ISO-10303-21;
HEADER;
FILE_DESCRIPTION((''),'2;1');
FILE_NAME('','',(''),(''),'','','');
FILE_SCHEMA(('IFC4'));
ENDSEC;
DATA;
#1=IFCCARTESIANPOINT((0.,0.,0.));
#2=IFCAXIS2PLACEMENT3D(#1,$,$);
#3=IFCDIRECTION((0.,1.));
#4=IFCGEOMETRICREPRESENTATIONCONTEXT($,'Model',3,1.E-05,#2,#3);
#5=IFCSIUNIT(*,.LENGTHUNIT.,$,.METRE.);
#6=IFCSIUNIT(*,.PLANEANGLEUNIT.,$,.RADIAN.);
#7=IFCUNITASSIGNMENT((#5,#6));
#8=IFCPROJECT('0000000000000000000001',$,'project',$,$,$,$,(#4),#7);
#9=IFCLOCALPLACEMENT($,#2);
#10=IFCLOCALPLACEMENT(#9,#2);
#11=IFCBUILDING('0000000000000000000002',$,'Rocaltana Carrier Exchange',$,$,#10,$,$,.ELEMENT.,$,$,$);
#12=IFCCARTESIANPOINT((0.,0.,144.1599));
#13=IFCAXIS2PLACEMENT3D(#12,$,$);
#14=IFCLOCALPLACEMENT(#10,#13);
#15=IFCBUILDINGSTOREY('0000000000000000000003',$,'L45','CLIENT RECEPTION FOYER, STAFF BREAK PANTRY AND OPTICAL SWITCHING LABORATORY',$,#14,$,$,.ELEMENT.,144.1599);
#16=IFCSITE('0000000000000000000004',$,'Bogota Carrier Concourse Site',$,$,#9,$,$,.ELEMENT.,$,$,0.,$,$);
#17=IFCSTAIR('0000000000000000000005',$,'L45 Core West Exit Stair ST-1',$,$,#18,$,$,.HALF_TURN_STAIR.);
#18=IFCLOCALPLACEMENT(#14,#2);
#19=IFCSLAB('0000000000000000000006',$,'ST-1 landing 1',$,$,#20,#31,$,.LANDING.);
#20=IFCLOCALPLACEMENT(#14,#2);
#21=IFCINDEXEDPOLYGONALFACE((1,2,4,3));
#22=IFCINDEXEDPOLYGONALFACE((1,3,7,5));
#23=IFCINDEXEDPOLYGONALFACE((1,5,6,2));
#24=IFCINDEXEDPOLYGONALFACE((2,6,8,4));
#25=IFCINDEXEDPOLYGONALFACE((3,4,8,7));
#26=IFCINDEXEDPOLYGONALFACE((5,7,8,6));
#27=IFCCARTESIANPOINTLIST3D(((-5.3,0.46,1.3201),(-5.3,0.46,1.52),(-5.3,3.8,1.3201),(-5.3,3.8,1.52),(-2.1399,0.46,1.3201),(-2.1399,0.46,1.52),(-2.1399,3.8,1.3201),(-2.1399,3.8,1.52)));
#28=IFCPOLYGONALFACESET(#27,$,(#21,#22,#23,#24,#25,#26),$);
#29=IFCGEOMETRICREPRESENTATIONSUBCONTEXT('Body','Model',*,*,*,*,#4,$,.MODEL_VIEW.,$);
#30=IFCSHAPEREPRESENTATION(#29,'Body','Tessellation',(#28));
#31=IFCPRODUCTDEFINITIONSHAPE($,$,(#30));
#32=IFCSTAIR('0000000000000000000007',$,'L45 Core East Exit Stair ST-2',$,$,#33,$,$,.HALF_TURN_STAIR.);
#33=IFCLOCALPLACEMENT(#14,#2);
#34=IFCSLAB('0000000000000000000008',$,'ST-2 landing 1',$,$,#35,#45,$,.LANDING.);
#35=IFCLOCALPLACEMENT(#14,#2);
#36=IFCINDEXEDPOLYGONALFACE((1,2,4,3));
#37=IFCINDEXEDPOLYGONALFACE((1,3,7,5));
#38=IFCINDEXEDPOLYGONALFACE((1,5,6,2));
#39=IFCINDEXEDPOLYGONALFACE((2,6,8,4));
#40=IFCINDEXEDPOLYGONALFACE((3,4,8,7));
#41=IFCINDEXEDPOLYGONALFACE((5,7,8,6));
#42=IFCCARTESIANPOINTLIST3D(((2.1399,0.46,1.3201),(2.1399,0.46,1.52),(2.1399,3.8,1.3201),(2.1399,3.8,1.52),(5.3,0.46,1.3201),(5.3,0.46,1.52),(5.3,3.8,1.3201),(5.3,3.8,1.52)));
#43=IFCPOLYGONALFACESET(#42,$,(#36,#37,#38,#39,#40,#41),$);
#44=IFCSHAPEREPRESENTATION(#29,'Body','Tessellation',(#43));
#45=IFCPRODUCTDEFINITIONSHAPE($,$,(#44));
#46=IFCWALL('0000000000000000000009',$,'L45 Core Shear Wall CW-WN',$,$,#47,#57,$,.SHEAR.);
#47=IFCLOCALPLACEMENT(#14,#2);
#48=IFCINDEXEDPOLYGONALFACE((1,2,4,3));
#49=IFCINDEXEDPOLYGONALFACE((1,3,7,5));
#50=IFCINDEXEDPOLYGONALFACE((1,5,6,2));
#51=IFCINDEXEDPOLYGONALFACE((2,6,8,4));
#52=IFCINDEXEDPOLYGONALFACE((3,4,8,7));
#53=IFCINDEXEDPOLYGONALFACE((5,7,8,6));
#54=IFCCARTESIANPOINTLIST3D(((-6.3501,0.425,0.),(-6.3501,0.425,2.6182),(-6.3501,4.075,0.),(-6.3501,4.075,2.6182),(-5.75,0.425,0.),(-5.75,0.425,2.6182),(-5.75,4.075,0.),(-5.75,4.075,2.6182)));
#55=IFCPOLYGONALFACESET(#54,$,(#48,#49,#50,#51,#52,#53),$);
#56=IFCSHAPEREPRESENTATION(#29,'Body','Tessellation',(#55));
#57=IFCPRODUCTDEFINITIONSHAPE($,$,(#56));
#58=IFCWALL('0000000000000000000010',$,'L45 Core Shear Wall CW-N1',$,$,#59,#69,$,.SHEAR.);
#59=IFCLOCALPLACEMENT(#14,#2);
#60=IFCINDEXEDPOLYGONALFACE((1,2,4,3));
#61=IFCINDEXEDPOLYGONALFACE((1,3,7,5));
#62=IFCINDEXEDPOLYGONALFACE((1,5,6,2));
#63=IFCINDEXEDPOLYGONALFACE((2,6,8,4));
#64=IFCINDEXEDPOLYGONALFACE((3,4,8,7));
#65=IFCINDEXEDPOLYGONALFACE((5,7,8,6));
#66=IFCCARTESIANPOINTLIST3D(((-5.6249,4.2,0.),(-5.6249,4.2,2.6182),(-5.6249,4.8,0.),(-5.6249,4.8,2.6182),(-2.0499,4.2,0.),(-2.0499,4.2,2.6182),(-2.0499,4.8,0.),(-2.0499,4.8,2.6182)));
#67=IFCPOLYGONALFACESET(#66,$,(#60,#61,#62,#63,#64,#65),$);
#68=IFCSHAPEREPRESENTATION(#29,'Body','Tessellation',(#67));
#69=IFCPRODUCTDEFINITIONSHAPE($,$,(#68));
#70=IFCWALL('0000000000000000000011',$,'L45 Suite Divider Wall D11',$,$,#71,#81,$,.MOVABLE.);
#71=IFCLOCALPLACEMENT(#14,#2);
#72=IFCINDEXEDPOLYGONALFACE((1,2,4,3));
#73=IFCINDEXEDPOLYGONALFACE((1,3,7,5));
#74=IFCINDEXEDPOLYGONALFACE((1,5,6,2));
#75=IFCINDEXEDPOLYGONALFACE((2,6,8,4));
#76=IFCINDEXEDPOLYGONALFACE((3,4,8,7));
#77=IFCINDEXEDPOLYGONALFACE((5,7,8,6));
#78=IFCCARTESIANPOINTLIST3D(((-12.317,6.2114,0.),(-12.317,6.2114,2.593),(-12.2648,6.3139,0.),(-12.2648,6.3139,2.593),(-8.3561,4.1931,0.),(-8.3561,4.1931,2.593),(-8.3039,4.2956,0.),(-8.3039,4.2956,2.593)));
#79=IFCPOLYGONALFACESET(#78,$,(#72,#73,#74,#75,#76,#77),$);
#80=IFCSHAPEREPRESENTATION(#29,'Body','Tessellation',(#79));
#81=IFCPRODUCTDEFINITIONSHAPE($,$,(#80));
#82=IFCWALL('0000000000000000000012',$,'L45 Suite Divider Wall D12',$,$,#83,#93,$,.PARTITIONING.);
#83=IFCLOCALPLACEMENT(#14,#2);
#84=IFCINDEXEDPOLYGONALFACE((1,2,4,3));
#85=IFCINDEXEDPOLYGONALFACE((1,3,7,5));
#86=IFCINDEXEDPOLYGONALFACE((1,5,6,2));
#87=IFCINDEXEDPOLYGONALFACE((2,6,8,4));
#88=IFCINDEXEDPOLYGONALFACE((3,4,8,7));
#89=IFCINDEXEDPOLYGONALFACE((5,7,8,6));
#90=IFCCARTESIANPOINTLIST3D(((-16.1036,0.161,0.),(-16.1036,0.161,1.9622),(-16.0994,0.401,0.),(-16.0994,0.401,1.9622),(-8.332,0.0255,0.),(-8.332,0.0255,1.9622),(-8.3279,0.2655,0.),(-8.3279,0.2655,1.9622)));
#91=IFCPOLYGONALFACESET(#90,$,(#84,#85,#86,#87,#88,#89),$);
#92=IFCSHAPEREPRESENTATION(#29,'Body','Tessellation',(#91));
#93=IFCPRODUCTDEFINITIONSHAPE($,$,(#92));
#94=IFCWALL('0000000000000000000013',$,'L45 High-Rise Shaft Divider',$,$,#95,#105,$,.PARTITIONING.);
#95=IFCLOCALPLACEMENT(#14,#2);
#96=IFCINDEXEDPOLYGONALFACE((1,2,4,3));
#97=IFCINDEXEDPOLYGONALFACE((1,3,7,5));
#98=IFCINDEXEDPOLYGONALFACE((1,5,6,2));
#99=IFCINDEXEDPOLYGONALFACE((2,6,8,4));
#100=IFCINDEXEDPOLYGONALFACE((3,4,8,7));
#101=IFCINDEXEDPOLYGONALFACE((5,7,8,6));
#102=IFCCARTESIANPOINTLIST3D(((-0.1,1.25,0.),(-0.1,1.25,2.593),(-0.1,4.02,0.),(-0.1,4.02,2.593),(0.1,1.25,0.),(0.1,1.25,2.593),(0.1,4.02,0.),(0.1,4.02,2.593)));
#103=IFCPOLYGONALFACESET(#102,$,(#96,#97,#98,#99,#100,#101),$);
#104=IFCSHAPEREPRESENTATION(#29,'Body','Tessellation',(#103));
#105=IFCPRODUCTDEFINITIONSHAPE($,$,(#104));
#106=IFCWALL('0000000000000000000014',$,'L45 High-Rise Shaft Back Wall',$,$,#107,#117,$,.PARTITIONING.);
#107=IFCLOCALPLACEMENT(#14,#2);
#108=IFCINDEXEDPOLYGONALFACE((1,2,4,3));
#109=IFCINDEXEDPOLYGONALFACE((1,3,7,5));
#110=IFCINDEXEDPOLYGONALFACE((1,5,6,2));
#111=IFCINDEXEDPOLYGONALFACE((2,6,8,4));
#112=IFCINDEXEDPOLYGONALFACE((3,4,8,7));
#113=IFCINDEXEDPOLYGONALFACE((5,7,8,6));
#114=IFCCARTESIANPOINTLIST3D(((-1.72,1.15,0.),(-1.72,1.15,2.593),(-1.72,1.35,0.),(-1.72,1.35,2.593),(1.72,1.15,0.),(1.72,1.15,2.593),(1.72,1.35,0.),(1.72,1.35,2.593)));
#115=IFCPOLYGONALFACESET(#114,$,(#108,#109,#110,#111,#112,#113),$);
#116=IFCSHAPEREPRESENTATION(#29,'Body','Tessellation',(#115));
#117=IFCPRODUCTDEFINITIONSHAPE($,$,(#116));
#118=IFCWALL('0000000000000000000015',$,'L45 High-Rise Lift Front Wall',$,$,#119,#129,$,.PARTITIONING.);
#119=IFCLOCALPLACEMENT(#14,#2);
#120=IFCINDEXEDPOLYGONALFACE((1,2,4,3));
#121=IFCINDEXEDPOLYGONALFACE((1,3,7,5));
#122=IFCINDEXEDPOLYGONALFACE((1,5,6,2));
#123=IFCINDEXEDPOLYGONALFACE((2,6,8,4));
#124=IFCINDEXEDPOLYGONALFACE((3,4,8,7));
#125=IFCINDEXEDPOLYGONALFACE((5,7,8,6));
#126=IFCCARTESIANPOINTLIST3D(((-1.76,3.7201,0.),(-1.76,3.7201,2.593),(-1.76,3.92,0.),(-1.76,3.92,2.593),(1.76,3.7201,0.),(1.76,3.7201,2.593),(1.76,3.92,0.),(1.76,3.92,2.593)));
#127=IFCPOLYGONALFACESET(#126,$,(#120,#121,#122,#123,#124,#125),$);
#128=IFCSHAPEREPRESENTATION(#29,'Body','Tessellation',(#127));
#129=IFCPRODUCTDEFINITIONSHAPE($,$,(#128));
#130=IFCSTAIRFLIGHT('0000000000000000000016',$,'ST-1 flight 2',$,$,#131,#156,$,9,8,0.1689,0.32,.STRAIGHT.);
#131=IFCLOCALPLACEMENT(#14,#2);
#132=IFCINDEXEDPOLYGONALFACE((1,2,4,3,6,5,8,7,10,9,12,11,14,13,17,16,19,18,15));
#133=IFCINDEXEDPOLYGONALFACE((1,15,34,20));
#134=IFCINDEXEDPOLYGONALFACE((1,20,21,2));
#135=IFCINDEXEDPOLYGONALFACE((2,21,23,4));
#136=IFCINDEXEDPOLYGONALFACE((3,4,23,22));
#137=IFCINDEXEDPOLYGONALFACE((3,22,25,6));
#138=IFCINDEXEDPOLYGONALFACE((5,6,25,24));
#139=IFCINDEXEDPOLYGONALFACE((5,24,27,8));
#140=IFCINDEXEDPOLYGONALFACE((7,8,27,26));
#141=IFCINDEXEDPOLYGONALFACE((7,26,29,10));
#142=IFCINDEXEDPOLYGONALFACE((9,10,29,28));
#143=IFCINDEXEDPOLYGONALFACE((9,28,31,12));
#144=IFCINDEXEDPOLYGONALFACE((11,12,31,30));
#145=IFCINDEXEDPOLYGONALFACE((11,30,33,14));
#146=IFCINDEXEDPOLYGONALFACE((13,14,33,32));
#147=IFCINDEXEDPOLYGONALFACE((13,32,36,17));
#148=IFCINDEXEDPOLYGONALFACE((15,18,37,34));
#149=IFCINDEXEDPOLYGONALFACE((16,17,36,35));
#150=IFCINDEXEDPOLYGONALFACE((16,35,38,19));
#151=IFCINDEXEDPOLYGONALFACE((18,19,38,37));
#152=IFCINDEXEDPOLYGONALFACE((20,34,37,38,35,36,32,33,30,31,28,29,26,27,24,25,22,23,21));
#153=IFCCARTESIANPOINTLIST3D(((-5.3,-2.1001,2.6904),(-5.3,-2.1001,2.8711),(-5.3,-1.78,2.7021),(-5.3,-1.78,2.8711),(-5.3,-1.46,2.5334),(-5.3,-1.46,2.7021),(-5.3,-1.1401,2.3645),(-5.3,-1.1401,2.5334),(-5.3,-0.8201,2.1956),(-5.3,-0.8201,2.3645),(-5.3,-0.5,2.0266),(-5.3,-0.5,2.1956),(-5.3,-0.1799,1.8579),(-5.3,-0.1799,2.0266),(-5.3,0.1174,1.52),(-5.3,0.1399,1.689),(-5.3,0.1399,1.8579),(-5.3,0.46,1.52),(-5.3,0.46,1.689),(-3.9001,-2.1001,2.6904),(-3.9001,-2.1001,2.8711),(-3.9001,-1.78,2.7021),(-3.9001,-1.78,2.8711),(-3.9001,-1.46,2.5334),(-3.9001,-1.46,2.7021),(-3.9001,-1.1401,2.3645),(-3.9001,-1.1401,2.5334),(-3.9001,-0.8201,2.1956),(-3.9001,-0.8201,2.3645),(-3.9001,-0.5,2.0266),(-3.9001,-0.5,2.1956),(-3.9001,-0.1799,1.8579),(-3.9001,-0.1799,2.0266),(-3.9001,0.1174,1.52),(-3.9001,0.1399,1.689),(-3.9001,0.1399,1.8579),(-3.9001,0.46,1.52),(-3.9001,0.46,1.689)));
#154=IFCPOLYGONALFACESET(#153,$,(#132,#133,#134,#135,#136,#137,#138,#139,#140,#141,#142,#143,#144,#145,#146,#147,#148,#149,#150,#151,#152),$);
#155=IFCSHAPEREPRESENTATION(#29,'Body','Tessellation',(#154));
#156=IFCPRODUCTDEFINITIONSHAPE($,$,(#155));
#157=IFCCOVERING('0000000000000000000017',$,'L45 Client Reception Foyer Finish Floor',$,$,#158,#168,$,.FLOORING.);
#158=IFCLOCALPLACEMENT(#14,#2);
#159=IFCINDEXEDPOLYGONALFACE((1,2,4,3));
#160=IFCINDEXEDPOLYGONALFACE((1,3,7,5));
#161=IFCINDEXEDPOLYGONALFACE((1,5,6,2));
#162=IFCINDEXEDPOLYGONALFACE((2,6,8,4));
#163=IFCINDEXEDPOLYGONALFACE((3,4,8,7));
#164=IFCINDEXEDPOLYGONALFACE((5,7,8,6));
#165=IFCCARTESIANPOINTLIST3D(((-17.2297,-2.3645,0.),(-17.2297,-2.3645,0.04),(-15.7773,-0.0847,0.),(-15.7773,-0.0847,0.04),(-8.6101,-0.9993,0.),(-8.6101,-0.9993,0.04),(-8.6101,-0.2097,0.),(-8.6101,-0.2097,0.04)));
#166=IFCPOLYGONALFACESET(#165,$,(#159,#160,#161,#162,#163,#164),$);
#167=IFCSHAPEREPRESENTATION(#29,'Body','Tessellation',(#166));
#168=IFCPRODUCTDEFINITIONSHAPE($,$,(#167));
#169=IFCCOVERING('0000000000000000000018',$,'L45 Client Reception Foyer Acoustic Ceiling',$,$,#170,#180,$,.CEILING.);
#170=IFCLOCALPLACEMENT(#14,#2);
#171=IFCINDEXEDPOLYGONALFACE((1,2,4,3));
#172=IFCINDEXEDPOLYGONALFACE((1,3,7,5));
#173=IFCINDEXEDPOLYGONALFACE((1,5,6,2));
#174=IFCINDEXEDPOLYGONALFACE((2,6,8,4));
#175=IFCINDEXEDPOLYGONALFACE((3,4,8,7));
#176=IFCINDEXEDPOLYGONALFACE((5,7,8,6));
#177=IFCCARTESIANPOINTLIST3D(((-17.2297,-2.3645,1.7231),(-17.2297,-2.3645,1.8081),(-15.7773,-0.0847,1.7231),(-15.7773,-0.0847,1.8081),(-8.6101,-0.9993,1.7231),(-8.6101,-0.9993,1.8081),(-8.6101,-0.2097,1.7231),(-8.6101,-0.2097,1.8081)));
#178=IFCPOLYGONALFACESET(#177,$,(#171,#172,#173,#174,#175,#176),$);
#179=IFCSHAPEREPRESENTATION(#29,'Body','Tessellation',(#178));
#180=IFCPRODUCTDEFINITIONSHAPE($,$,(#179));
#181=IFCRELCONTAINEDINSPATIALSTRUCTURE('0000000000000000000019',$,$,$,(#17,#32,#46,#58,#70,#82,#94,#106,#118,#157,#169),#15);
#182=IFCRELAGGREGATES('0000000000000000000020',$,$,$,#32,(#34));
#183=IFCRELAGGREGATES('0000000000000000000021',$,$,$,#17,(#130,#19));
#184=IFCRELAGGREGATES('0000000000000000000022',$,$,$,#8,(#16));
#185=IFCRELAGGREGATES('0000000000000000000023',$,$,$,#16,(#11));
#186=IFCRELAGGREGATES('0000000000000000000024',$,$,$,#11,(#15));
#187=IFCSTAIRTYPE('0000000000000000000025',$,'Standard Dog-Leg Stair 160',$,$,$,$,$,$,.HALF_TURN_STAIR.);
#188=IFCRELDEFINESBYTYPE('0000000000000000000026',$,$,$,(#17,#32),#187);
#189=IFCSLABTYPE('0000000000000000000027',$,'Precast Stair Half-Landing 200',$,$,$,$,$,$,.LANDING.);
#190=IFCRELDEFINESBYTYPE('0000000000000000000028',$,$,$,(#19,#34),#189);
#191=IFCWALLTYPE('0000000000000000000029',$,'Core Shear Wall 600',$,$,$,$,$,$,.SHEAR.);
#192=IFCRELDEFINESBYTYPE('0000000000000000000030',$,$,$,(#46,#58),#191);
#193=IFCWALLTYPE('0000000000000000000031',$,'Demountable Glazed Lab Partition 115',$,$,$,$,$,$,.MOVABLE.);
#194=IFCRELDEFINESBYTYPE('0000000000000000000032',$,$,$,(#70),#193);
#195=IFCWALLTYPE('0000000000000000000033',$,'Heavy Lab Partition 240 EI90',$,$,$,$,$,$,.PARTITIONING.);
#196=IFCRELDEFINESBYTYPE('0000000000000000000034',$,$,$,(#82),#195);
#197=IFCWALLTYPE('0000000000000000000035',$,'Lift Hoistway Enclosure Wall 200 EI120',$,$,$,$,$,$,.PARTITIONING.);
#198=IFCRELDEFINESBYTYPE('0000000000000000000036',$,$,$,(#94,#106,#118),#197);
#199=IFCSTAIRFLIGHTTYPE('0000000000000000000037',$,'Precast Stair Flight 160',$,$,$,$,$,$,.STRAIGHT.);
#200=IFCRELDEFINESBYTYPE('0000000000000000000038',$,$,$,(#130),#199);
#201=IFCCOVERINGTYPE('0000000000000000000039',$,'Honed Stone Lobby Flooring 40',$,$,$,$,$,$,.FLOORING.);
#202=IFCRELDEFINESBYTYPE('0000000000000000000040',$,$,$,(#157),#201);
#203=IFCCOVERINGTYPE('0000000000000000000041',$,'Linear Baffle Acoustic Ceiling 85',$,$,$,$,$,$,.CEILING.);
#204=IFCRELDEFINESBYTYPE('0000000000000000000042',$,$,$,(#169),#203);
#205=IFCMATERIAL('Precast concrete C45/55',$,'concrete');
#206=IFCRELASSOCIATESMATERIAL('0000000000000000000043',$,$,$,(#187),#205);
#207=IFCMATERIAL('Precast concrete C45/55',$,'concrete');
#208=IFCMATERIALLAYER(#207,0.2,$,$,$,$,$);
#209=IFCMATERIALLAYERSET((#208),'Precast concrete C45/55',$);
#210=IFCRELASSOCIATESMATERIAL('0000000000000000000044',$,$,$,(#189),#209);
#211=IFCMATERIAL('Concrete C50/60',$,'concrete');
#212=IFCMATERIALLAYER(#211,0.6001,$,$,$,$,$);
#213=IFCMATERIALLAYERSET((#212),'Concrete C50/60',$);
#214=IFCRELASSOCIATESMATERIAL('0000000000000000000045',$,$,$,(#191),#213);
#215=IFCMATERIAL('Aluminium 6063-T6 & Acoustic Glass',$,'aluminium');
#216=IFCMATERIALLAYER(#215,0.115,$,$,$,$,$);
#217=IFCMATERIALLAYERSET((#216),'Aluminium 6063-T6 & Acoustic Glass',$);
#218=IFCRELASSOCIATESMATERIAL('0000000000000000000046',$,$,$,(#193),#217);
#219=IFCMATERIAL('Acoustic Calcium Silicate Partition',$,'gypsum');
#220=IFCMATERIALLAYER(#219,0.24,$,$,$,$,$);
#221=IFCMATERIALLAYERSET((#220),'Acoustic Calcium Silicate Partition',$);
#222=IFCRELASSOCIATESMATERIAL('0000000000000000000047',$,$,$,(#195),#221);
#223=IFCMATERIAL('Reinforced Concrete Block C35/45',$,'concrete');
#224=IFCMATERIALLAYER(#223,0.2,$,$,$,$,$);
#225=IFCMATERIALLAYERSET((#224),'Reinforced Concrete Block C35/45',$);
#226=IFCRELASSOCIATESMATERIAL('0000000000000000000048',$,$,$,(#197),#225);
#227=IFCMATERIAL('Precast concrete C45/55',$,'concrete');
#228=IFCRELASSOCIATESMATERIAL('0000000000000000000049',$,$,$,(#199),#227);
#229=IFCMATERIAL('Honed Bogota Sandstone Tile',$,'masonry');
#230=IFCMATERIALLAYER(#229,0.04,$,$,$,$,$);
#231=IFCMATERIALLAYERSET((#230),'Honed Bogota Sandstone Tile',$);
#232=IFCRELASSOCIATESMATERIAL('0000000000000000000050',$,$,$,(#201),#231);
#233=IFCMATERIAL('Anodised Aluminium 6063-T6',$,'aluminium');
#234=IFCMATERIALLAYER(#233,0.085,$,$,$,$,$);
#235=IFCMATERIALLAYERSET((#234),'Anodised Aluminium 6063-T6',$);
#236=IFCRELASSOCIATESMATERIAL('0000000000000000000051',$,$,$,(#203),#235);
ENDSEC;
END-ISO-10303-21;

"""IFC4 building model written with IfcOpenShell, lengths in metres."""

from ifc_helpers import new_model, si_unit, direction, frame, frame_2d, origin, place, context, subcontext, project, spatial, polyline, rectangle, outline, extrude, material, layer, layer_set, type_object, element, aggregate, save


model = new_model("IFC4")

# Units and contexts
model_context = context("Model", 3, precision=1e-05, world=origin(), true_north=direction((0.0, 1.0)))
body_context = subcontext(model_context, "Body", "Model", "MODEL_VIEW")
ifc_project = project(units=[si_unit("LENGTHUNIT", "METRE"), si_unit("PLANEANGLEUNIT", "RADIAN")], contexts=[model_context])

# Site, building, storey
site_placement = place(None, origin())
site = spatial("IfcSite", under=ifc_project, at=site_placement, Name="Bogota Carrier Concourse Site", CompositionType="ELEMENT", RefElevation=0.0)
building_placement = place(site_placement, origin())
building = spatial("IfcBuilding", under=site, at=building_placement, Name="Rocaltana Carrier Exchange", CompositionType="ELEMENT")
storey_placement = place(building_placement, frame((0.0, 0.0, 144.1599)))
storey = spatial("IfcBuildingStorey", under=building, at=storey_placement, Name="L45", Description="CLIENT RECEPTION FOYER, STAFF BREAK PANTRY AND OPTICAL SWITCHING LABORATORY", CompositionType="ELEMENT", Elevation=144.1599)

# Stairs, slabs
ifc_material_1 = material(Name="Precast concrete C45/55", Category="concrete")
stair_type = type_object("IfcStairType", Name="Standard Dog-Leg Stair 160", PredefinedType="HALF_TURN_STAIR", material=ifc_material_1)
stair_1_placement = place(storey_placement, origin())
stair_1 = element("IfcStair", 1, at=stair_1_placement, inside=storey, type_object=stair_type, Name="L45 Core West Exit Stair ST-1", PredefinedType="HALF_TURN_STAIR")
ifc_material_2 = material(Name="Precast concrete C45/55", Category="concrete")
ifc_layer_1 = layer(ifc_material_2, 0.2)
ifc_layer_set_1 = layer_set([ifc_layer_1], Name="Precast concrete C45/55")
slab_type_1 = type_object("IfcSlabType", Name="Precast Stair Half-Landing 200", PredefinedType="LANDING", material=ifc_layer_set_1)
slab_1_placement = place(storey_placement, frame((0.0, 0.0, 1.3201)))
slab_1 = element("IfcSlab", 2, at=slab_1_placement, type_object=slab_type_1, Name="ST-1 landing 1", PredefinedType="LANDING", context=body_context, shape_type="SweptSolid", body=[
    extrude(outline(polyline([(-2.1399, 0.46), (-2.1399, 3.8), (-5.3, 3.8), (-5.3, 0.46), (-2.1399, 0.46)])), origin(), (0.0, 0.0, 1.0), 0.2),
])
stair_2_placement = place(storey_placement, origin())
stair_2 = element("IfcStair", 3, at=stair_2_placement, inside=storey, type_object=stair_type, Name="L45 Core East Exit Stair ST-2", PredefinedType="HALF_TURN_STAIR")
slab_2_placement = place(storey_placement, frame((0.0, 0.0, 1.3201)))
slab_2 = element("IfcSlab", 4, at=slab_2_placement, type_object=slab_type_1, Name="ST-2 landing 1", PredefinedType="LANDING", context=body_context, shape_type="SweptSolid", body=[
    extrude(outline(polyline([(5.3, 0.46), (5.3, 3.8), (2.1399, 3.8), (2.1399, 0.46), (5.3, 0.46)])), origin(), (0.0, 0.0, 1.0), 0.2),
])
aggregate(stair_2, [slab_2])

# Walls
ifc_material_3 = material(Name="Concrete C50/60", Category="concrete")
ifc_layer_2 = layer(ifc_material_3, 0.6001)
ifc_layer_set_2 = layer_set([ifc_layer_2], Name="Concrete C50/60")
wall_type_1 = type_object("IfcWallType", Name="Core Shear Wall 600", PredefinedType="SHEAR", material=ifc_layer_set_2)
wall_1_placement = place(storey_placement, frame((-6.05, 0.425, 0.0), z_axis=(0.0, 0.0, 1.0), x_axis=(0.0, 1.0, 0.0)))
element("IfcWall", 5, at=wall_1_placement, inside=storey, type_object=wall_type_1, Name="L45 Core Shear Wall CW-WN", PredefinedType="SHEAR", context=body_context, shape_type="SweptSolid", body=[
    extrude(rectangle(XDim=3.6499, YDim=0.6001, at=frame_2d((1.825, 0.0))), origin(), (0.0, 0.0, 1.0), 2.6182),
])
wall_2_placement = place(storey_placement, frame((-5.625, 4.5, 0.0), z_axis=(0.0, 0.0, 1.0), x_axis=(1.0, 0.0, 0.0)))
element("IfcWall", 6, at=wall_2_placement, inside=storey, type_object=wall_type_1, Name="L45 Core Shear Wall CW-N1", PredefinedType="SHEAR", context=body_context, shape_type="SweptSolid", body=[
    extrude(rectangle(XDim=3.575, YDim=0.6001, at=frame_2d((1.7876, 0.0))), origin(), (0.0, 0.0, 1.0), 2.6182),
])
ifc_material_4 = material(Name="Aluminium 6063-T6 & Acoustic Glass", Category="aluminium")
ifc_layer_3 = layer(ifc_material_4, 0.115)
ifc_layer_set_3 = layer_set([ifc_layer_3], Name="Aluminium 6063-T6 & Acoustic Glass")
wall_type_2 = type_object("IfcWallType", Name="Demountable Glazed Lab Partition 115", PredefinedType="MOVABLE", material=ifc_layer_set_3)
wall_3_placement = place(storey_placement, frame((-8.3301, 4.2444, 0.0), z_axis=(0.0, 0.0, 1.0), x_axis=(-0.890996, 0.454011, 0.0)))
element("IfcWall", 7, at=wall_3_placement, inside=storey, type_object=wall_type_2, Name="L45 Suite Divider Wall D11", PredefinedType="MOVABLE", context=body_context, shape_type="SweptSolid", body=[
    extrude(rectangle(XDim=4.4456, YDim=0.115, at=frame_2d((2.2227, 0.0))), origin(), (0.0, 0.0, 1.0), 2.593),
])
ifc_material_5 = material(Name="Acoustic Calcium Silicate Partition", Category="gypsum")
ifc_layer_4 = layer(ifc_material_5, 0.24)
ifc_layer_set_4 = layer_set([ifc_layer_4], Name="Acoustic Calcium Silicate Partition")
wall_type_3 = type_object("IfcWallType", Name="Heavy Lab Partition 240 EI90", PredefinedType="PARTITIONING", material=ifc_layer_set_4)
wall_4_placement = place(storey_placement, frame((-8.3301, 0.1455, 0.0), z_axis=(0.0, 0.0, 1.0), x_axis=(-0.999848, 0.017433, 0.0)))
element("IfcWall", 8, at=wall_4_placement, inside=storey, type_object=wall_type_3, Name="L45 Suite Divider Wall D12", PredefinedType="PARTITIONING", context=body_context, shape_type="SweptSolid", body=[
    extrude(rectangle(XDim=7.7727, YDim=0.24, at=frame_2d((3.8862, 0.0))), origin(), (0.0, 0.0, 1.0), 1.9622),
])
ifc_material_6 = material(Name="Reinforced Concrete Block C35/45", Category="concrete")
ifc_layer_5 = layer(ifc_material_6, 0.2)
ifc_layer_set_5 = layer_set([ifc_layer_5], Name="Reinforced Concrete Block C35/45")
wall_type_4 = type_object("IfcWallType", Name="Lift Hoistway Enclosure Wall 200 EI120", PredefinedType="PARTITIONING", material=ifc_layer_set_5)
wall_5_placement = place(storey_placement, frame((0.0, 1.25, 0.0), z_axis=(0.0, 0.0, 1.0), x_axis=(0.0, 1.0, 0.0)))
element("IfcWall", 9, at=wall_5_placement, inside=storey, type_object=wall_type_4, Name="L45 High-Rise Shaft Divider", PredefinedType="PARTITIONING", context=body_context, shape_type="SweptSolid", body=[
    extrude(rectangle(XDim=2.77, YDim=0.2, at=frame_2d((1.385, 0.0))), origin(), (0.0, 0.0, 1.0), 2.593),
])
wall_6_placement = place(storey_placement, frame((-1.72, 1.25, 0.0), z_axis=(0.0, 0.0, 1.0), x_axis=(1.0, 0.0, 0.0)))
element("IfcWall", 10, at=wall_6_placement, inside=storey, type_object=wall_type_4, Name="L45 High-Rise Shaft Back Wall", PredefinedType="PARTITIONING", context=body_context, shape_type="SweptSolid", body=[
    extrude(rectangle(XDim=3.4399, YDim=0.2, at=frame_2d((1.72, 0.0))), origin(), (0.0, 0.0, 1.0), 2.593),
])
wall_7_placement = place(storey_placement, frame((-1.76, 3.8201, 0.0), z_axis=(0.0, 0.0, 1.0), x_axis=(1.0, 0.0, 0.0)))
element("IfcWall", 11, at=wall_7_placement, inside=storey, type_object=wall_type_4, Name="L45 High-Rise Lift Front Wall", PredefinedType="PARTITIONING", context=body_context, shape_type="SweptSolid", body=[
    extrude(rectangle(XDim=3.52, YDim=0.2, at=frame_2d((1.76, 0.0))), origin(), (0.0, 0.0, 1.0), 2.593),
])

# Stair flight
ifc_material_7 = material(Name="Precast concrete C45/55", Category="concrete")
stair_flight_type = type_object("IfcStairFlightType", Name="Precast Stair Flight 160", PredefinedType="STRAIGHT", material=ifc_material_7)
stair_flight_placement = place(storey_placement, frame((-4.6001, 0.46, 1.52), z_axis=(0.0, 0.0, 1.0), x_axis=(0.0, -1.0, 0.0)))
stair_flight = element("IfcStairFlight", 12, at=stair_flight_placement, type_object=stair_flight_type, Name="ST-1 flight 2", NumberOfRisers=9, NumberOfTreads=8, PredefinedType="STRAIGHT", RiserHeight=0.1689, TreadLength=0.32, context=body_context, shape_type="SweptSolid", body=[
    extrude(outline(polyline([(0.0, 0.0), (0.0, 0.1689), (0.3201, 0.1689), (0.3201, 0.3379), (0.6399, 0.3379), (0.6399, 0.5066), (0.96, 0.5066), (0.96, 0.6755), (1.28, 0.6755), (1.28, 0.8445), (1.6001, 0.8445), (1.6001, 1.0134), (1.9199, 1.0134), (1.9199, 1.1821), (2.24, 1.1821), (2.24, 1.3511), (2.5601, 1.3511), (2.5601, 1.52), (2.5601, 1.1704), (0.3425, 0.0), (0.0, 0.0)])), frame((0.0, 0.7, 0.0), z_axis=(0.0, -1.0, 0.0), x_axis=(1.0, 0.0, 0.0)), (0.0, 0.0, 1.0), 1.3999),
])
aggregate(stair_1, [stair_flight, slab_1])

# Coverings
ifc_material_8 = material(Name="Honed Bogota Sandstone Tile", Category="masonry")
ifc_layer_6 = layer(ifc_material_8, 0.04)
ifc_layer_set_6 = layer_set([ifc_layer_6], Name="Honed Bogota Sandstone Tile")
covering_type_1 = type_object("IfcCoveringType", Name="Honed Stone Lobby Flooring 40", PredefinedType="FLOORING", material=ifc_layer_set_6)
covering_1_placement = place(storey_placement, origin())
element("IfcCovering", 13, at=covering_1_placement, inside=storey, type_object=covering_type_1, Name="L45 Client Reception Foyer Finish Floor", PredefinedType="FLOORING", context=body_context, shape_type="SweptSolid", body=[
    extrude(outline(polyline([(-15.7773, -0.0847), (-8.6101, -0.2097), (-8.6101, -0.9993), (-17.2297, -2.3645), (-15.7773, -0.0847)])), origin(), (0.0, 0.0, 1.0), 0.04),
])
ifc_material_9 = material(Name="Anodised Aluminium 6063-T6", Category="aluminium")
ifc_layer_7 = layer(ifc_material_9, 0.085)
ifc_layer_set_7 = layer_set([ifc_layer_7], Name="Anodised Aluminium 6063-T6")
covering_type_2 = type_object("IfcCoveringType", Name="Linear Baffle Acoustic Ceiling 85", PredefinedType="CEILING", material=ifc_layer_set_7)
covering_2_placement = place(storey_placement, frame((0.0, 0.0, 1.7231)))
element("IfcCovering", 14, at=covering_2_placement, inside=storey, type_object=covering_type_2, Name="L45 Client Reception Foyer Acoustic Ceiling", PredefinedType="CEILING", context=body_context, shape_type="SweptSolid", body=[
    extrude(outline(polyline([(-15.7773, -0.0847), (-8.6101, -0.2097), (-8.6101, -0.9993), (-17.2297, -2.3645), (-15.7773, -0.0847)])), origin(), (0.0, 0.0, 1.0), 0.085),
])

save(model, "model.ifc")
